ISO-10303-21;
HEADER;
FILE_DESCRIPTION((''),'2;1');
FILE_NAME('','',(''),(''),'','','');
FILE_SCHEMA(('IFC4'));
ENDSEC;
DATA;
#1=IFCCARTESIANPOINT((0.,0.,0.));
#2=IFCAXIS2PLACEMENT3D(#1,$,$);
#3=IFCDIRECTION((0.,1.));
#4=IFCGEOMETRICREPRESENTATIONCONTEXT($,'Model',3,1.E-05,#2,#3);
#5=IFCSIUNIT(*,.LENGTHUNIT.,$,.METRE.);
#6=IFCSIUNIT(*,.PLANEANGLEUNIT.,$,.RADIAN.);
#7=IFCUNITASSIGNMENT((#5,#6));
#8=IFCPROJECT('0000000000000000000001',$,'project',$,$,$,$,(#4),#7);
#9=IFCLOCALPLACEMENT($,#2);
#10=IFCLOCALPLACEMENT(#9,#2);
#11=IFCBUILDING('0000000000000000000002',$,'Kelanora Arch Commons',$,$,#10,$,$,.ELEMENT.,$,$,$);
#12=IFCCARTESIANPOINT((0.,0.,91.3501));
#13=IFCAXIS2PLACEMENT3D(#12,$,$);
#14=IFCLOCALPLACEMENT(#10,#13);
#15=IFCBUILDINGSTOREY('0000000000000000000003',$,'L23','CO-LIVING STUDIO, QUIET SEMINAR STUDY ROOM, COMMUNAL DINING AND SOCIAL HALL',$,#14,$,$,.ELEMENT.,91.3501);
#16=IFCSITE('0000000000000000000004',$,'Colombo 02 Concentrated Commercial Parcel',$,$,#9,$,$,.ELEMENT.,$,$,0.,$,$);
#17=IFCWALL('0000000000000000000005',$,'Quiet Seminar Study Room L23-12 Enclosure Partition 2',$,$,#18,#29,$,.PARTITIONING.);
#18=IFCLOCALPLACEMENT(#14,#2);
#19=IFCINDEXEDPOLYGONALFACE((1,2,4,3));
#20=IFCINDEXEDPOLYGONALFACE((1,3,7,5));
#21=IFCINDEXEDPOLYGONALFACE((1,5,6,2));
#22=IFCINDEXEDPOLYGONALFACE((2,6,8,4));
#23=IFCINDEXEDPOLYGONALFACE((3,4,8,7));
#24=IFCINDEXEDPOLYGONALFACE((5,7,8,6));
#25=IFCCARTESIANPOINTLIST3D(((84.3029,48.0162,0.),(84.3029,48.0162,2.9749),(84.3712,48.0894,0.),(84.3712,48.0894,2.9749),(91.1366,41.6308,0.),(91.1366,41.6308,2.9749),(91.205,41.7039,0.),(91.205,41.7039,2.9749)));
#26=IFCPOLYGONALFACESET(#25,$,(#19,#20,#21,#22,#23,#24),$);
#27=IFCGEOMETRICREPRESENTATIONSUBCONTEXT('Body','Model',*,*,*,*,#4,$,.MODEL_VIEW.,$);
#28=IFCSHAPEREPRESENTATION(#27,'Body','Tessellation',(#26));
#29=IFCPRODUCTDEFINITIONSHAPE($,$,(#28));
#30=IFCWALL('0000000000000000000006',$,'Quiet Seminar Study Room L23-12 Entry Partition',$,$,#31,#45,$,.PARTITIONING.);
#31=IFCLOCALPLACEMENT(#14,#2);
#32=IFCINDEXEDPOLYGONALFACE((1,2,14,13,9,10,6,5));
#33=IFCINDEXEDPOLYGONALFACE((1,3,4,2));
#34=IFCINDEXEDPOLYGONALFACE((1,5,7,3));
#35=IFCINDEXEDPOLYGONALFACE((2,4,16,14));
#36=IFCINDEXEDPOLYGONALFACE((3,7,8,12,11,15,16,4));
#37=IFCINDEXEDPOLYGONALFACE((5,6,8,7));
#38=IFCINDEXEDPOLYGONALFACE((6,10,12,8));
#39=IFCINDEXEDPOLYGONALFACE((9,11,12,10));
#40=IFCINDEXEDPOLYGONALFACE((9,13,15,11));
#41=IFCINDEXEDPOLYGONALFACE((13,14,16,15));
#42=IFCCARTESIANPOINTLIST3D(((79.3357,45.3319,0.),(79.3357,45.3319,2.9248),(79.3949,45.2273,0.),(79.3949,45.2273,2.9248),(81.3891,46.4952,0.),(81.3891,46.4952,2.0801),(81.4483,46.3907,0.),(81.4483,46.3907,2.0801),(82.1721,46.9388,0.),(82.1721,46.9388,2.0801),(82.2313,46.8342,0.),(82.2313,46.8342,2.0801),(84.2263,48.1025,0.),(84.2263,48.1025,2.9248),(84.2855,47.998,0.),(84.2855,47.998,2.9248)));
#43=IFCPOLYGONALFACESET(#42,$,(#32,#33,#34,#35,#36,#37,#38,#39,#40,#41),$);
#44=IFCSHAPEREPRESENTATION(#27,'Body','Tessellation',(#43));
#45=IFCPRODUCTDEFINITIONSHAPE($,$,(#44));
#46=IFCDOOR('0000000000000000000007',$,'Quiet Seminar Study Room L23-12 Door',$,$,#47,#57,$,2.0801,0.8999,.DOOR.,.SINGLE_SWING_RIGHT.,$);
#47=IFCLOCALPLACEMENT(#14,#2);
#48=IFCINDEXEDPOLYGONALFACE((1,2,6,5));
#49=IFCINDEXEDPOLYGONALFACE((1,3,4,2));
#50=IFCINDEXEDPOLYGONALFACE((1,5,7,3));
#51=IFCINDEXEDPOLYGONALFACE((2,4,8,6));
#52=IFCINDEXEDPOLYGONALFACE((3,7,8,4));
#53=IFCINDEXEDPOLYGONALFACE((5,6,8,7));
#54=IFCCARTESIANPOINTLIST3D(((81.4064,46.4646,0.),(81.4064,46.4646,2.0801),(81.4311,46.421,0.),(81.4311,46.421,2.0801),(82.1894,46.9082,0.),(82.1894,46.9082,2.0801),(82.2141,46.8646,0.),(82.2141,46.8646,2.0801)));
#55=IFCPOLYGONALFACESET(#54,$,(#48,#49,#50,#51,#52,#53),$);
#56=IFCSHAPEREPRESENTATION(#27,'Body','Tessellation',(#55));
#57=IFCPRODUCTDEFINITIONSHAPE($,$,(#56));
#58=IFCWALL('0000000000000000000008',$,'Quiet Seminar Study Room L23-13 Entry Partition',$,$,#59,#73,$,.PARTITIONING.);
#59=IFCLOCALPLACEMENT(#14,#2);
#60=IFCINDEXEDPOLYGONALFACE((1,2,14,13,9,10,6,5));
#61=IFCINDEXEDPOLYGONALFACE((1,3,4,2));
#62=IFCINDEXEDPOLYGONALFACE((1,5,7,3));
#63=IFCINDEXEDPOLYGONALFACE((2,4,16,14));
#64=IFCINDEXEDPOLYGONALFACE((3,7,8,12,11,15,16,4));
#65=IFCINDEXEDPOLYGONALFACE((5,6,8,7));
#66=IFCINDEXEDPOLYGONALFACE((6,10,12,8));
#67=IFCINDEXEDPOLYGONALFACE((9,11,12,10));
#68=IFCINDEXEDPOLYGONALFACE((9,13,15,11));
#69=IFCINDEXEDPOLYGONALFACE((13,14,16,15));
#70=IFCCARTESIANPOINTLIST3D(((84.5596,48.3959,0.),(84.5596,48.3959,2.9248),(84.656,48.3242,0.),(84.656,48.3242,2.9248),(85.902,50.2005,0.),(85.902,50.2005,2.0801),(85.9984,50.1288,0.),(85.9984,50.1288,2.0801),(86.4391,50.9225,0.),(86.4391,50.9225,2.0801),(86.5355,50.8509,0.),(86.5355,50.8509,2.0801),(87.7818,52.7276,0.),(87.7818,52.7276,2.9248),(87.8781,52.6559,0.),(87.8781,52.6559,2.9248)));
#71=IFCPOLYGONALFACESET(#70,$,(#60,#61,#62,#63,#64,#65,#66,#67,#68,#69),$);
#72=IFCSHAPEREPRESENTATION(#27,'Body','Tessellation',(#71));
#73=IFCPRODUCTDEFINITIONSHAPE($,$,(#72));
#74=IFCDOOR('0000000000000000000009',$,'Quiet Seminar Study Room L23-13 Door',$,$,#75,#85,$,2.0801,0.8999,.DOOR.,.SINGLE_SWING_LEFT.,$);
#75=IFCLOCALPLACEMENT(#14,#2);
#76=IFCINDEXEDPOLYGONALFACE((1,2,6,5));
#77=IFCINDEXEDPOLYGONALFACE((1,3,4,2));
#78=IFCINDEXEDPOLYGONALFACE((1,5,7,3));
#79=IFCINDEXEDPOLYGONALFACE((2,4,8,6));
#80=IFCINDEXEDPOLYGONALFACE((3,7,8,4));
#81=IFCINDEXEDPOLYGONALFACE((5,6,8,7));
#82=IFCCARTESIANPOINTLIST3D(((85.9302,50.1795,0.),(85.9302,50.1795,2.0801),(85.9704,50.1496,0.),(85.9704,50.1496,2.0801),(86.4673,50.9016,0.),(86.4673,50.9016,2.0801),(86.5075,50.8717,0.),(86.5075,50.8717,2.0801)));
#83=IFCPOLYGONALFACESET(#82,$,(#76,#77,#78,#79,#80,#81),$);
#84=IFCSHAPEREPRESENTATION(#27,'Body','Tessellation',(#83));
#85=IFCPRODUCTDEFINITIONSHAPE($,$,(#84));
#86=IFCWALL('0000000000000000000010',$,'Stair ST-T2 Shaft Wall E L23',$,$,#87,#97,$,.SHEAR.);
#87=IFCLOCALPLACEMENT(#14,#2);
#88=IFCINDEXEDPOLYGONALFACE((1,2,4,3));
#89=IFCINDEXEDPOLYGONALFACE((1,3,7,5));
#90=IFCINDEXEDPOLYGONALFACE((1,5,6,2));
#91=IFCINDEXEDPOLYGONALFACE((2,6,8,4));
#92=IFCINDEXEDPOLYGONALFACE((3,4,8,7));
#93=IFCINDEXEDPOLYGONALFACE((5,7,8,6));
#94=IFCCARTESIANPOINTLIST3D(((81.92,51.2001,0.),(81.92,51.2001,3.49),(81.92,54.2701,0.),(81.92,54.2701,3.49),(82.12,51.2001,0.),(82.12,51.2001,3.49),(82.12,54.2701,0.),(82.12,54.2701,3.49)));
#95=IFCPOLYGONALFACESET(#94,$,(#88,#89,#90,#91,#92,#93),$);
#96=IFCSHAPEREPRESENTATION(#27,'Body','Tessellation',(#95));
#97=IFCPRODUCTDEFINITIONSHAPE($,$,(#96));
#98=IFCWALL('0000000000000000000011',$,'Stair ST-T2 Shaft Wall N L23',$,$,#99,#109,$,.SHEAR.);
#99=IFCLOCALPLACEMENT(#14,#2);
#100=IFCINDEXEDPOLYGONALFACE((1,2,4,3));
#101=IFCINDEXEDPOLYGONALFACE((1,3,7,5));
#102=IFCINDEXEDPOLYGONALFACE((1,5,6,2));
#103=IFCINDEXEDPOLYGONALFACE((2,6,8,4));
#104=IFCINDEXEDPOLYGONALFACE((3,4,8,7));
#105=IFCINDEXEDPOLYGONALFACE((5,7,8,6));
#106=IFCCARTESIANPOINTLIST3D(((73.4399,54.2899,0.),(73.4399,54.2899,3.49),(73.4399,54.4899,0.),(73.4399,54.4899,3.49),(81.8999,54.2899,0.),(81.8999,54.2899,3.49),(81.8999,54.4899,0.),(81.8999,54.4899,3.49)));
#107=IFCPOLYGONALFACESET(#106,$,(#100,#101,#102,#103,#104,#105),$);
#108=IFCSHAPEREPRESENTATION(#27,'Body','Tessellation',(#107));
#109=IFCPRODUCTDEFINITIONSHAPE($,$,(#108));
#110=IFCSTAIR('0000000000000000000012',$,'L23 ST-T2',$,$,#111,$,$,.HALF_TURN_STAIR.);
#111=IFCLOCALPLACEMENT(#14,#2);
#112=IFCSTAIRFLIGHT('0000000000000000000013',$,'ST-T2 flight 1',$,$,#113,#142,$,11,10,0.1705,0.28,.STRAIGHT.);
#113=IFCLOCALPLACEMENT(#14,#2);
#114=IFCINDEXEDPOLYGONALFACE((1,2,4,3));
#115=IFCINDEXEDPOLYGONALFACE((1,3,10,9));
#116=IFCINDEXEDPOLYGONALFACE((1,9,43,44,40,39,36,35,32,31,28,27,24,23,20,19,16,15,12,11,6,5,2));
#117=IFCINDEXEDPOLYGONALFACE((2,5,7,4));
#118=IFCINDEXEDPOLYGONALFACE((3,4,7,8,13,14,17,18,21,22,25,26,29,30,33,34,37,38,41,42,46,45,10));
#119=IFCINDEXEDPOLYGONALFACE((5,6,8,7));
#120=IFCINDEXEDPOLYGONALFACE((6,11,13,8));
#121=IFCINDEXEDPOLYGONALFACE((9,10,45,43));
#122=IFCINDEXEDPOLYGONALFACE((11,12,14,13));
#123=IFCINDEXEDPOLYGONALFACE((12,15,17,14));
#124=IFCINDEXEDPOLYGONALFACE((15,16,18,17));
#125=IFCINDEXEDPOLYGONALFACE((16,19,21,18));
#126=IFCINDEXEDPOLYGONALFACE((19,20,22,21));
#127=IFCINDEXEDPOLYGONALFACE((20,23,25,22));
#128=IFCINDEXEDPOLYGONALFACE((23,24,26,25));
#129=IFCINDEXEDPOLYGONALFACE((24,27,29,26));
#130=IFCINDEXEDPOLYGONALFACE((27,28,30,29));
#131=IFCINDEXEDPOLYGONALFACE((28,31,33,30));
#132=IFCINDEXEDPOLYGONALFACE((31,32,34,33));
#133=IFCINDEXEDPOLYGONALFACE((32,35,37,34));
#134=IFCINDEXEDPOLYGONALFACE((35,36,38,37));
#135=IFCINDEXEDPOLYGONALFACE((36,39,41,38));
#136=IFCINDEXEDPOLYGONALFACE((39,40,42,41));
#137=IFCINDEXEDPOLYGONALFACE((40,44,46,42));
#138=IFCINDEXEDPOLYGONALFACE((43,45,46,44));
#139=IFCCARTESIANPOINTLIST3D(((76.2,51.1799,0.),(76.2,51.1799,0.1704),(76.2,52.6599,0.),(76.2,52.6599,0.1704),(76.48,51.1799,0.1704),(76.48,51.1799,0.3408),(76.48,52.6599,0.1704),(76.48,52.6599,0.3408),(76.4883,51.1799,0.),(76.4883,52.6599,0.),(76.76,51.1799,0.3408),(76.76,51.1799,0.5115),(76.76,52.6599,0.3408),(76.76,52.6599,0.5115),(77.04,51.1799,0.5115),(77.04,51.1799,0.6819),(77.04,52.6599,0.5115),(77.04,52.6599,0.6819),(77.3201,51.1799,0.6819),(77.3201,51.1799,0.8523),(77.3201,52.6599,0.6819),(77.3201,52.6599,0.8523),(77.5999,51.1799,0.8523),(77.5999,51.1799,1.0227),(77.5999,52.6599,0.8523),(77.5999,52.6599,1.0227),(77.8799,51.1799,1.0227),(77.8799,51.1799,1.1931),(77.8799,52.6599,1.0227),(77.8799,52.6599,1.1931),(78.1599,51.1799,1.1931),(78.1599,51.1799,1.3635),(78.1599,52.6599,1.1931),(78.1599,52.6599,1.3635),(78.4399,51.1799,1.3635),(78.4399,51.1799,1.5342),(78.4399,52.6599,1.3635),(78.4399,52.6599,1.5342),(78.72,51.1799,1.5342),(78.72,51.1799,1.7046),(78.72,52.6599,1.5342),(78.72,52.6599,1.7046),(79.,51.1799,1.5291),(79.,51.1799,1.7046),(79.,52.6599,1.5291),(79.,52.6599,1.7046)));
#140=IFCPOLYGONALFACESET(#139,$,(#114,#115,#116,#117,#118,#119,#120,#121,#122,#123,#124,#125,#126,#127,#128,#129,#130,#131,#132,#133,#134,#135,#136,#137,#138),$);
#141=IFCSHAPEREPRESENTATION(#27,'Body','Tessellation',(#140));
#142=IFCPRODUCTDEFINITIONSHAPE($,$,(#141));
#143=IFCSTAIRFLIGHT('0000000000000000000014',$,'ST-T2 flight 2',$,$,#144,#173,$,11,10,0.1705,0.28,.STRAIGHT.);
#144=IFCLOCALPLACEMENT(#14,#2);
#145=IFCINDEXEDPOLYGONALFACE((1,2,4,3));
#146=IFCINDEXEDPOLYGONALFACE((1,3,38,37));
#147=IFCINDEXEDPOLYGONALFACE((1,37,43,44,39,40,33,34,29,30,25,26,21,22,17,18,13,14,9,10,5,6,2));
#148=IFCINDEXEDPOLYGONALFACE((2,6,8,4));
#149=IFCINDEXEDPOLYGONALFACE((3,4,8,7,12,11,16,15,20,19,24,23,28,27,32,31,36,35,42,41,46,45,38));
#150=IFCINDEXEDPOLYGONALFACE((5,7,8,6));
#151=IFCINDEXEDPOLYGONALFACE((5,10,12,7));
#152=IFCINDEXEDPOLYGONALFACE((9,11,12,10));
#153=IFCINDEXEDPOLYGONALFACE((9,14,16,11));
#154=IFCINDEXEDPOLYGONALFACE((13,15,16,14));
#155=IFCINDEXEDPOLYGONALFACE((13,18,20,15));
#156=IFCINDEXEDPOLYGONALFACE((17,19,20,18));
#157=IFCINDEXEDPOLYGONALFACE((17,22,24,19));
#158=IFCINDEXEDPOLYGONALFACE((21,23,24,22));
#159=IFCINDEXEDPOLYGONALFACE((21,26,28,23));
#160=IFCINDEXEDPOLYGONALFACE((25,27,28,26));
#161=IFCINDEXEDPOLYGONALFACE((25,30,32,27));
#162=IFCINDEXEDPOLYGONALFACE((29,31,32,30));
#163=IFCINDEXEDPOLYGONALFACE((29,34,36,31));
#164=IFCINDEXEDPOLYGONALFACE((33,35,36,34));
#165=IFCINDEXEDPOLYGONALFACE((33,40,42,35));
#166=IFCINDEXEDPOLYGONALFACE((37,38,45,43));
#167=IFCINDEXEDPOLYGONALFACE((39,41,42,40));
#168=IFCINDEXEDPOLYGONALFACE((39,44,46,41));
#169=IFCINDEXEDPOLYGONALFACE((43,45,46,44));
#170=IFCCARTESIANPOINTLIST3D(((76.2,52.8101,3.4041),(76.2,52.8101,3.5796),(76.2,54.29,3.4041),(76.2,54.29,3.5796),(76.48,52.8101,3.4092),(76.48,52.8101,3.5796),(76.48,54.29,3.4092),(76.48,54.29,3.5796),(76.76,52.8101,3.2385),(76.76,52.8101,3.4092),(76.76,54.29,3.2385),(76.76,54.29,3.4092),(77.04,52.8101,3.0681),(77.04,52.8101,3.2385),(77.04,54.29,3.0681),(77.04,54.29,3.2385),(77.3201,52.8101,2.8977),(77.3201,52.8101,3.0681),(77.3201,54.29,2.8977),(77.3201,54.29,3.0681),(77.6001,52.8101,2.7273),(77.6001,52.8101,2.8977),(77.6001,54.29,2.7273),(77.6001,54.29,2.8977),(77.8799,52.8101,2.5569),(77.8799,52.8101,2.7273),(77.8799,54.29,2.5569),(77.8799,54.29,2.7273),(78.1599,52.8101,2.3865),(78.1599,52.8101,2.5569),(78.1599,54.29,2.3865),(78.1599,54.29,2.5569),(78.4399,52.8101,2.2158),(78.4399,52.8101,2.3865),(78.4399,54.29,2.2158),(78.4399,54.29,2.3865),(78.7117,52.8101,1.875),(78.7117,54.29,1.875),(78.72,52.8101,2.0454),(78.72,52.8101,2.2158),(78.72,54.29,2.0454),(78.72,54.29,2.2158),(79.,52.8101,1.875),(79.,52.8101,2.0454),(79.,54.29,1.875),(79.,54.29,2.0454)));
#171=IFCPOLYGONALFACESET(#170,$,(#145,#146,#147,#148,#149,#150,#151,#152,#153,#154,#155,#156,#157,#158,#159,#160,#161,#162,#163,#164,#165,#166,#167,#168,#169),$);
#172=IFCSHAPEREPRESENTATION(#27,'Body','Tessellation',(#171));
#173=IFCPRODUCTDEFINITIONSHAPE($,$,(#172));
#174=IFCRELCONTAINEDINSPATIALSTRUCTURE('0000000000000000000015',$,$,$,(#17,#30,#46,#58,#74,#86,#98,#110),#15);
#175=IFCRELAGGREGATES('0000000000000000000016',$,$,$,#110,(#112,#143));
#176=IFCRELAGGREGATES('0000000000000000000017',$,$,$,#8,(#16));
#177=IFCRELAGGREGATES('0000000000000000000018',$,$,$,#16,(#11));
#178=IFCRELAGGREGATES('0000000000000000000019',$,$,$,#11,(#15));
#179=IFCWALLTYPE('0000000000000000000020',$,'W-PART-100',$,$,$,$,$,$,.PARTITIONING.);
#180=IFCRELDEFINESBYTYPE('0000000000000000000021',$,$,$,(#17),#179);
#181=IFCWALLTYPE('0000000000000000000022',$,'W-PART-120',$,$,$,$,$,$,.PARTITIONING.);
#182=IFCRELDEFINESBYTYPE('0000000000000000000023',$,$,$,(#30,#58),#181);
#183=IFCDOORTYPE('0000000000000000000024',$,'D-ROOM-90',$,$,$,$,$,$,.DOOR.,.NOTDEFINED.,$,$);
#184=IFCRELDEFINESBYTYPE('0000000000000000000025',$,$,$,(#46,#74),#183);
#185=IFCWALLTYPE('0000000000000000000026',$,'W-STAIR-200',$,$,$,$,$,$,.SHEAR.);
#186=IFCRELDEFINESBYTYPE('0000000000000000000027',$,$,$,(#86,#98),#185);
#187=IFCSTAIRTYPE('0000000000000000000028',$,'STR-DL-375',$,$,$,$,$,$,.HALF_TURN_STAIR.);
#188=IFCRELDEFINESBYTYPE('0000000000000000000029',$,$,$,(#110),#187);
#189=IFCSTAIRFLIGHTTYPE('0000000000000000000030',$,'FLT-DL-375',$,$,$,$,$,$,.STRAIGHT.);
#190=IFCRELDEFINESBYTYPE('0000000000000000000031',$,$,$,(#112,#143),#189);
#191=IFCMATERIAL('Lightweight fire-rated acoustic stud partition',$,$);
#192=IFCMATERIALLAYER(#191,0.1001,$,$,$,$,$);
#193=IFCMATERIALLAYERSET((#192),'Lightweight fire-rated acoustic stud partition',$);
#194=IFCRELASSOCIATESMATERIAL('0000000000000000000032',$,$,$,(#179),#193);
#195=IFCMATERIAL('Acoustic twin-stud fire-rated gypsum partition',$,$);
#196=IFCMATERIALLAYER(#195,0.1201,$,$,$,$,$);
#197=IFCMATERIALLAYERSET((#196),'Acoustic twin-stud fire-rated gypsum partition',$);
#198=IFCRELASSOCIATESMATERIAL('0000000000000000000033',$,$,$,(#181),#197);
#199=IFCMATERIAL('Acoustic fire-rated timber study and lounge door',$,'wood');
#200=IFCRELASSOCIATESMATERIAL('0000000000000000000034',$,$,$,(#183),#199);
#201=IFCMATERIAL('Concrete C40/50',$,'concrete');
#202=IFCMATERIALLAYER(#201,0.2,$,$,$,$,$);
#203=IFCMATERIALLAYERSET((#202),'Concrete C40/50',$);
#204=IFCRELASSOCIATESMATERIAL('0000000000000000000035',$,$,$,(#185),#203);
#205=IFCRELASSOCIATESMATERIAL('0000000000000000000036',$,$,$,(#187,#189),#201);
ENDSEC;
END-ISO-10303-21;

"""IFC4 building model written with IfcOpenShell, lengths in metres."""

from ifc_helpers import new_model, si_unit, direction, frame, frame_2d, origin, place, context, subcontext, project, spatial, polyline, rectangle, outline, extrude, material, layer, layer_set, type_object, element, fill, aggregate, save


model = new_model("IFC4")

# Units and contexts
model_context = context("Model", 3, precision=1e-05, world=origin(), true_north=direction((0.0, 1.0)))
body_context = subcontext(model_context, "Body", "Model", "MODEL_VIEW")
ifc_project = project(units=[si_unit("LENGTHUNIT", "METRE"), si_unit("PLANEANGLEUNIT", "RADIAN")], contexts=[model_context])

# Site, building, storey
site_placement = place(None, origin())
site = spatial("IfcSite", under=ifc_project, at=site_placement, Name="Colombo 02 Concentrated Commercial Parcel", CompositionType="ELEMENT", RefElevation=0.0)
building_placement = place(site_placement, origin())
building = spatial("IfcBuilding", under=site, at=building_placement, Name="Kelanora Arch Commons", CompositionType="ELEMENT")
storey_placement = place(building_placement, frame((0.0, 0.0, 91.3501)))
storey = spatial("IfcBuildingStorey", under=building, at=storey_placement, Name="L23", Description="CO-LIVING STUDIO, QUIET SEMINAR STUDY ROOM, COMMUNAL DINING AND SOCIAL HALL", CompositionType="ELEMENT", Elevation=91.3501)

# Wall
ifc_material_1 = material(Name="Lightweight fire-rated acoustic stud partition")
ifc_layer_1 = layer(ifc_material_1, 0.1001)
ifc_layer_set_1 = layer_set([ifc_layer_1], Name="Lightweight fire-rated acoustic stud partition")
wall_type_1 = type_object("IfcWallType", Name="W-PART-100", PredefinedType="PARTITIONING", material=ifc_layer_set_1)
wall_1_placement = place(storey_placement, frame((84.3372, 48.0527, 0.0), z_axis=(0.0, 0.0, 1.0), x_axis=(0.730664, -0.682738, 0.0)))
element("IfcWall", 1, at=wall_1_placement, inside=storey, type_object=wall_type_1, Name="Quiet Seminar Study Room L23-12 Enclosure Partition 2", PredefinedType="PARTITIONING", context=body_context, shape_type="SweptSolid", body=[
    extrude(rectangle(XDim=9.3528, YDim=0.1001, at=frame_2d((4.6763, 0.0))), origin(), (0.0, 0.0, 1.0), 2.9749),
])

# Walls, openings, doors
ifc_material_2 = material(Name="Acoustic twin-stud fire-rated gypsum partition")
ifc_layer_2 = layer(ifc_material_2, 0.1201)
ifc_layer_set_2 = layer_set([ifc_layer_2], Name="Acoustic twin-stud fire-rated gypsum partition")
wall_type_2 = type_object("IfcWallType", Name="W-PART-120", PredefinedType="PARTITIONING", material=ifc_layer_set_2)
wall_2_placement = place(storey_placement, frame((79.3652, 45.2795, 0.0), z_axis=(0.0, 0.0, 1.0), x_axis=(0.870068, 0.492931, 0.0)))
wall_2 = element("IfcWall", 2, at=wall_2_placement, inside=storey, type_object=wall_type_2, Name="Quiet Seminar Study Room L23-12 Entry Partition", PredefinedType="PARTITIONING", context=body_context, shape_type="SweptSolid", body=[
    extrude(rectangle(XDim=5.6208, YDim=0.1201, at=frame_2d((2.8105, 0.0))), origin(), (0.0, 0.0, 1.0), 2.9248),
])
opening_1_placement = place(wall_2_placement, frame((2.3601, 0.0, 0.0)))
opening_1 = element("IfcOpeningElement", 3, at=opening_1_placement, cuts=wall_2, PredefinedType="OPENING", context=body_context, shape_type="SweptSolid", body=[
    extrude(rectangle(XDim=0.8999, YDim=2.0801, at=frame_2d((0.45, 1.04))), frame((0.0, 0.0701, 0.0), z_axis=(0.0, -1.0, 0.0), x_axis=(1.0, 0.0, 0.0)), (0.0, 0.0, 1.0), 0.1401),
])
ifc_material_3 = material(Name="Acoustic fire-rated timber study and lounge door", Category="wood")
door_type_1 = type_object("IfcDoorType", Name="D-ROOM-90", OperationType="NOTDEFINED", PredefinedType="DOOR", material=ifc_material_3)
door_1_placement = place(opening_1_placement, origin())
door_1 = element("IfcDoor", 4, at=door_1_placement, inside=storey, type_object=door_type_1, Name="Quiet Seminar Study Room L23-12 Door", OperationType="SINGLE_SWING_RIGHT", OverallHeight=2.0801, OverallWidth=0.8999, PredefinedType="DOOR", context=body_context, shape_type="SweptSolid", body=[
    extrude(rectangle(XDim=0.8999, YDim=2.0801, at=frame_2d((0.45, 1.04))), frame((0.0, 0.0249, 0.0), z_axis=(0.0, -1.0, 0.0), x_axis=(1.0, 0.0, 0.0)), (0.0, 0.0, 1.0), 0.05),
])
fill(opening_1, door_1)
wall_3_placement = place(storey_placement, frame((84.6079, 48.3601, 0.0), z_axis=(0.0, 0.0, 1.0), x_axis=(0.596833, 0.802365, 0.0)))
wall_3 = element("IfcWall", 5, at=wall_3_placement, inside=storey, type_object=wall_type_2, Name="Quiet Seminar Study Room L23-13 Entry Partition", PredefinedType="PARTITIONING", context=body_context, shape_type="SweptSolid", body=[
    extrude(rectangle(XDim=5.3987, YDim=0.1201, at=frame_2d((2.6992, 0.0))), origin(), (0.0, 0.0, 1.0), 2.9248),
])
opening_2_placement = place(wall_3_placement, frame((2.249, 0.0, 0.0)))
opening_2 = element("IfcOpeningElement", 6, at=opening_2_placement, cuts=wall_3, PredefinedType="OPENING", context=body_context, shape_type="SweptSolid", body=[
    extrude(rectangle(XDim=0.8999, YDim=2.0801, at=frame_2d((0.45, 1.04))), frame((0.0, 0.0701, 0.0), z_axis=(0.0, -1.0, 0.0), x_axis=(1.0, 0.0, 0.0)), (0.0, 0.0, 1.0), 0.1401),
])
door_2_placement = place(opening_2_placement, origin())
door_2 = element("IfcDoor", 7, at=door_2_placement, inside=storey, type_object=door_type_1, Name="Quiet Seminar Study Room L23-13 Door", OperationType="SINGLE_SWING_LEFT", OverallHeight=2.0801, OverallWidth=0.8999, PredefinedType="DOOR", context=body_context, shape_type="SweptSolid", body=[
    extrude(rectangle(XDim=0.8999, YDim=2.0801, at=frame_2d((0.45, 1.04))), frame((0.0, 0.0249, 0.0), z_axis=(0.0, -1.0, 0.0), x_axis=(1.0, 0.0, 0.0)), (0.0, 0.0, 1.0), 0.05),
])
fill(opening_2, door_2)

# Walls
ifc_material_4 = material(Name="Concrete C40/50", Category="concrete")
ifc_layer_3 = layer(ifc_material_4, 0.2)
ifc_layer_set_3 = layer_set([ifc_layer_3], Name="Concrete C40/50")
wall_type_3 = type_object("IfcWallType", Name="W-STAIR-200", PredefinedType="SHEAR", material=ifc_layer_set_3)
wall_4_placement = place(storey_placement, frame((82.02, 51.2, 0.0), z_axis=(0.0, 0.0, 1.0), x_axis=(0.0, 1.0, 0.0)))
element("IfcWall", 8, at=wall_4_placement, inside=storey, type_object=wall_type_3, Name="Stair ST-T2 Shaft Wall E L23", PredefinedType="SHEAR", context=body_context, shape_type="SweptSolid", body=[
    extrude(rectangle(XDim=3.0701, YDim=0.2, at=frame_2d((1.5352, 0.0))), origin(), (0.0, 0.0, 1.0), 3.49),
])
wall_5_placement = place(storey_placement, frame((81.8999, 54.3899, 0.0), z_axis=(0.0, 0.0, 1.0), x_axis=(-1.0, 0.0, 0.0)))
element("IfcWall", 9, at=wall_5_placement, inside=storey, type_object=wall_type_3, Name="Stair ST-T2 Shaft Wall N L23", PredefinedType="SHEAR", context=body_context, shape_type="SweptSolid", body=[
    extrude(rectangle(XDim=8.46, YDim=0.2, at=frame_2d((4.23, 0.0))), origin(), (0.0, 0.0, 1.0), 3.49),
])

# Stair, stair flights
stair_type = type_object("IfcStairType", Name="STR-DL-375", PredefinedType="HALF_TURN_STAIR", material=ifc_material_4)
stair_placement = place(storey_placement, origin())
stair = element("IfcStair", 10, at=stair_placement, inside=storey, type_object=stair_type, Name="L23 ST-T2", PredefinedType="HALF_TURN_STAIR")
stair_flight_type = type_object("IfcStairFlightType", Name="FLT-DL-375", PredefinedType="STRAIGHT", material=ifc_material_4)
stair_flight_1_placement = place(storey_placement, frame((76.2, 51.9199, 0.0), z_axis=(0.0, 0.0, 1.0), x_axis=(1.0, 0.0, 0.0)))
stair_flight_1 = element("IfcStairFlight", 11, at=stair_flight_1_placement, type_object=stair_flight_type, Name="ST-T2 flight 1", NumberOfRisers=11, NumberOfTreads=10, PredefinedType="STRAIGHT", RiserHeight=0.1705, TreadLength=0.28, context=body_context, shape_type="SweptSolid", body=[
    extrude(outline(polyline([(0.0, 0.0), (0.0, 0.1704), (0.28, 0.1704), (0.28, 0.3408), (0.5601, 0.3408), (0.5601, 0.5115), (0.8401, 0.5115), (0.8401, 0.6819), (1.1201, 0.6819), (1.1201, 0.8523), (1.3999, 0.8523), (1.3999, 1.0227), (1.6799, 1.0227), (1.6799, 1.1931), (1.96, 1.1931), (1.96, 1.3635), (2.24, 1.3635), (2.24, 1.5342), (2.52, 1.5342), (2.52, 1.7046), (2.8, 1.7046), (2.8, 1.875), (2.8, 1.5291), (0.2883, 0.0), (0.0, 0.0)])), frame((0.0, 0.74, 0.0), z_axis=(0.0, -1.0, 0.0), x_axis=(1.0, 0.0, 0.0)), (0.0, 0.0, 1.0), 1.48),
])
stair_flight_2_placement = place(storey_placement, frame((79.0, 53.55, 1.875), z_axis=(0.0, 0.0, 1.0), x_axis=(-1.0, 0.0, 0.0)))
stair_flight_2 = element("IfcStairFlight", 12, at=stair_flight_2_placement, type_object=stair_flight_type, Name="ST-T2 flight 2", NumberOfRisers=11, NumberOfTreads=10, PredefinedType="STRAIGHT", RiserHeight=0.1705, TreadLength=0.28, context=body_context, shape_type="SweptSolid", body=[
    extrude(outline(polyline([(0.0, 0.0), (0.0, 0.1704), (0.28, 0.1704), (0.28, 0.3408), (0.5601, 0.3408), (0.5601, 0.5115), (0.8401, 0.5115), (0.8401, 0.6819), (1.1201, 0.6819), (1.1201, 0.8523), (1.3999, 0.8523), (1.3999, 1.0227), (1.6799, 1.0227), (1.6799, 1.1931), (1.96, 1.1931), (1.96, 1.3635), (2.24, 1.3635), (2.24, 1.5342), (2.52, 1.5342), (2.52, 1.7046), (2.8, 1.7046), (2.8, 1.875), (2.8, 1.5291), (0.2883, 0.0), (0.0, 0.0)])), frame((0.0, 0.74, 0.0), z_axis=(0.0, -1.0, 0.0), x_axis=(1.0, 0.0, 0.0)), (0.0, 0.0, 1.0), 1.48),
])
aggregate(stair, [stair_flight_1, stair_flight_2])

save(model, "model.ifc")
